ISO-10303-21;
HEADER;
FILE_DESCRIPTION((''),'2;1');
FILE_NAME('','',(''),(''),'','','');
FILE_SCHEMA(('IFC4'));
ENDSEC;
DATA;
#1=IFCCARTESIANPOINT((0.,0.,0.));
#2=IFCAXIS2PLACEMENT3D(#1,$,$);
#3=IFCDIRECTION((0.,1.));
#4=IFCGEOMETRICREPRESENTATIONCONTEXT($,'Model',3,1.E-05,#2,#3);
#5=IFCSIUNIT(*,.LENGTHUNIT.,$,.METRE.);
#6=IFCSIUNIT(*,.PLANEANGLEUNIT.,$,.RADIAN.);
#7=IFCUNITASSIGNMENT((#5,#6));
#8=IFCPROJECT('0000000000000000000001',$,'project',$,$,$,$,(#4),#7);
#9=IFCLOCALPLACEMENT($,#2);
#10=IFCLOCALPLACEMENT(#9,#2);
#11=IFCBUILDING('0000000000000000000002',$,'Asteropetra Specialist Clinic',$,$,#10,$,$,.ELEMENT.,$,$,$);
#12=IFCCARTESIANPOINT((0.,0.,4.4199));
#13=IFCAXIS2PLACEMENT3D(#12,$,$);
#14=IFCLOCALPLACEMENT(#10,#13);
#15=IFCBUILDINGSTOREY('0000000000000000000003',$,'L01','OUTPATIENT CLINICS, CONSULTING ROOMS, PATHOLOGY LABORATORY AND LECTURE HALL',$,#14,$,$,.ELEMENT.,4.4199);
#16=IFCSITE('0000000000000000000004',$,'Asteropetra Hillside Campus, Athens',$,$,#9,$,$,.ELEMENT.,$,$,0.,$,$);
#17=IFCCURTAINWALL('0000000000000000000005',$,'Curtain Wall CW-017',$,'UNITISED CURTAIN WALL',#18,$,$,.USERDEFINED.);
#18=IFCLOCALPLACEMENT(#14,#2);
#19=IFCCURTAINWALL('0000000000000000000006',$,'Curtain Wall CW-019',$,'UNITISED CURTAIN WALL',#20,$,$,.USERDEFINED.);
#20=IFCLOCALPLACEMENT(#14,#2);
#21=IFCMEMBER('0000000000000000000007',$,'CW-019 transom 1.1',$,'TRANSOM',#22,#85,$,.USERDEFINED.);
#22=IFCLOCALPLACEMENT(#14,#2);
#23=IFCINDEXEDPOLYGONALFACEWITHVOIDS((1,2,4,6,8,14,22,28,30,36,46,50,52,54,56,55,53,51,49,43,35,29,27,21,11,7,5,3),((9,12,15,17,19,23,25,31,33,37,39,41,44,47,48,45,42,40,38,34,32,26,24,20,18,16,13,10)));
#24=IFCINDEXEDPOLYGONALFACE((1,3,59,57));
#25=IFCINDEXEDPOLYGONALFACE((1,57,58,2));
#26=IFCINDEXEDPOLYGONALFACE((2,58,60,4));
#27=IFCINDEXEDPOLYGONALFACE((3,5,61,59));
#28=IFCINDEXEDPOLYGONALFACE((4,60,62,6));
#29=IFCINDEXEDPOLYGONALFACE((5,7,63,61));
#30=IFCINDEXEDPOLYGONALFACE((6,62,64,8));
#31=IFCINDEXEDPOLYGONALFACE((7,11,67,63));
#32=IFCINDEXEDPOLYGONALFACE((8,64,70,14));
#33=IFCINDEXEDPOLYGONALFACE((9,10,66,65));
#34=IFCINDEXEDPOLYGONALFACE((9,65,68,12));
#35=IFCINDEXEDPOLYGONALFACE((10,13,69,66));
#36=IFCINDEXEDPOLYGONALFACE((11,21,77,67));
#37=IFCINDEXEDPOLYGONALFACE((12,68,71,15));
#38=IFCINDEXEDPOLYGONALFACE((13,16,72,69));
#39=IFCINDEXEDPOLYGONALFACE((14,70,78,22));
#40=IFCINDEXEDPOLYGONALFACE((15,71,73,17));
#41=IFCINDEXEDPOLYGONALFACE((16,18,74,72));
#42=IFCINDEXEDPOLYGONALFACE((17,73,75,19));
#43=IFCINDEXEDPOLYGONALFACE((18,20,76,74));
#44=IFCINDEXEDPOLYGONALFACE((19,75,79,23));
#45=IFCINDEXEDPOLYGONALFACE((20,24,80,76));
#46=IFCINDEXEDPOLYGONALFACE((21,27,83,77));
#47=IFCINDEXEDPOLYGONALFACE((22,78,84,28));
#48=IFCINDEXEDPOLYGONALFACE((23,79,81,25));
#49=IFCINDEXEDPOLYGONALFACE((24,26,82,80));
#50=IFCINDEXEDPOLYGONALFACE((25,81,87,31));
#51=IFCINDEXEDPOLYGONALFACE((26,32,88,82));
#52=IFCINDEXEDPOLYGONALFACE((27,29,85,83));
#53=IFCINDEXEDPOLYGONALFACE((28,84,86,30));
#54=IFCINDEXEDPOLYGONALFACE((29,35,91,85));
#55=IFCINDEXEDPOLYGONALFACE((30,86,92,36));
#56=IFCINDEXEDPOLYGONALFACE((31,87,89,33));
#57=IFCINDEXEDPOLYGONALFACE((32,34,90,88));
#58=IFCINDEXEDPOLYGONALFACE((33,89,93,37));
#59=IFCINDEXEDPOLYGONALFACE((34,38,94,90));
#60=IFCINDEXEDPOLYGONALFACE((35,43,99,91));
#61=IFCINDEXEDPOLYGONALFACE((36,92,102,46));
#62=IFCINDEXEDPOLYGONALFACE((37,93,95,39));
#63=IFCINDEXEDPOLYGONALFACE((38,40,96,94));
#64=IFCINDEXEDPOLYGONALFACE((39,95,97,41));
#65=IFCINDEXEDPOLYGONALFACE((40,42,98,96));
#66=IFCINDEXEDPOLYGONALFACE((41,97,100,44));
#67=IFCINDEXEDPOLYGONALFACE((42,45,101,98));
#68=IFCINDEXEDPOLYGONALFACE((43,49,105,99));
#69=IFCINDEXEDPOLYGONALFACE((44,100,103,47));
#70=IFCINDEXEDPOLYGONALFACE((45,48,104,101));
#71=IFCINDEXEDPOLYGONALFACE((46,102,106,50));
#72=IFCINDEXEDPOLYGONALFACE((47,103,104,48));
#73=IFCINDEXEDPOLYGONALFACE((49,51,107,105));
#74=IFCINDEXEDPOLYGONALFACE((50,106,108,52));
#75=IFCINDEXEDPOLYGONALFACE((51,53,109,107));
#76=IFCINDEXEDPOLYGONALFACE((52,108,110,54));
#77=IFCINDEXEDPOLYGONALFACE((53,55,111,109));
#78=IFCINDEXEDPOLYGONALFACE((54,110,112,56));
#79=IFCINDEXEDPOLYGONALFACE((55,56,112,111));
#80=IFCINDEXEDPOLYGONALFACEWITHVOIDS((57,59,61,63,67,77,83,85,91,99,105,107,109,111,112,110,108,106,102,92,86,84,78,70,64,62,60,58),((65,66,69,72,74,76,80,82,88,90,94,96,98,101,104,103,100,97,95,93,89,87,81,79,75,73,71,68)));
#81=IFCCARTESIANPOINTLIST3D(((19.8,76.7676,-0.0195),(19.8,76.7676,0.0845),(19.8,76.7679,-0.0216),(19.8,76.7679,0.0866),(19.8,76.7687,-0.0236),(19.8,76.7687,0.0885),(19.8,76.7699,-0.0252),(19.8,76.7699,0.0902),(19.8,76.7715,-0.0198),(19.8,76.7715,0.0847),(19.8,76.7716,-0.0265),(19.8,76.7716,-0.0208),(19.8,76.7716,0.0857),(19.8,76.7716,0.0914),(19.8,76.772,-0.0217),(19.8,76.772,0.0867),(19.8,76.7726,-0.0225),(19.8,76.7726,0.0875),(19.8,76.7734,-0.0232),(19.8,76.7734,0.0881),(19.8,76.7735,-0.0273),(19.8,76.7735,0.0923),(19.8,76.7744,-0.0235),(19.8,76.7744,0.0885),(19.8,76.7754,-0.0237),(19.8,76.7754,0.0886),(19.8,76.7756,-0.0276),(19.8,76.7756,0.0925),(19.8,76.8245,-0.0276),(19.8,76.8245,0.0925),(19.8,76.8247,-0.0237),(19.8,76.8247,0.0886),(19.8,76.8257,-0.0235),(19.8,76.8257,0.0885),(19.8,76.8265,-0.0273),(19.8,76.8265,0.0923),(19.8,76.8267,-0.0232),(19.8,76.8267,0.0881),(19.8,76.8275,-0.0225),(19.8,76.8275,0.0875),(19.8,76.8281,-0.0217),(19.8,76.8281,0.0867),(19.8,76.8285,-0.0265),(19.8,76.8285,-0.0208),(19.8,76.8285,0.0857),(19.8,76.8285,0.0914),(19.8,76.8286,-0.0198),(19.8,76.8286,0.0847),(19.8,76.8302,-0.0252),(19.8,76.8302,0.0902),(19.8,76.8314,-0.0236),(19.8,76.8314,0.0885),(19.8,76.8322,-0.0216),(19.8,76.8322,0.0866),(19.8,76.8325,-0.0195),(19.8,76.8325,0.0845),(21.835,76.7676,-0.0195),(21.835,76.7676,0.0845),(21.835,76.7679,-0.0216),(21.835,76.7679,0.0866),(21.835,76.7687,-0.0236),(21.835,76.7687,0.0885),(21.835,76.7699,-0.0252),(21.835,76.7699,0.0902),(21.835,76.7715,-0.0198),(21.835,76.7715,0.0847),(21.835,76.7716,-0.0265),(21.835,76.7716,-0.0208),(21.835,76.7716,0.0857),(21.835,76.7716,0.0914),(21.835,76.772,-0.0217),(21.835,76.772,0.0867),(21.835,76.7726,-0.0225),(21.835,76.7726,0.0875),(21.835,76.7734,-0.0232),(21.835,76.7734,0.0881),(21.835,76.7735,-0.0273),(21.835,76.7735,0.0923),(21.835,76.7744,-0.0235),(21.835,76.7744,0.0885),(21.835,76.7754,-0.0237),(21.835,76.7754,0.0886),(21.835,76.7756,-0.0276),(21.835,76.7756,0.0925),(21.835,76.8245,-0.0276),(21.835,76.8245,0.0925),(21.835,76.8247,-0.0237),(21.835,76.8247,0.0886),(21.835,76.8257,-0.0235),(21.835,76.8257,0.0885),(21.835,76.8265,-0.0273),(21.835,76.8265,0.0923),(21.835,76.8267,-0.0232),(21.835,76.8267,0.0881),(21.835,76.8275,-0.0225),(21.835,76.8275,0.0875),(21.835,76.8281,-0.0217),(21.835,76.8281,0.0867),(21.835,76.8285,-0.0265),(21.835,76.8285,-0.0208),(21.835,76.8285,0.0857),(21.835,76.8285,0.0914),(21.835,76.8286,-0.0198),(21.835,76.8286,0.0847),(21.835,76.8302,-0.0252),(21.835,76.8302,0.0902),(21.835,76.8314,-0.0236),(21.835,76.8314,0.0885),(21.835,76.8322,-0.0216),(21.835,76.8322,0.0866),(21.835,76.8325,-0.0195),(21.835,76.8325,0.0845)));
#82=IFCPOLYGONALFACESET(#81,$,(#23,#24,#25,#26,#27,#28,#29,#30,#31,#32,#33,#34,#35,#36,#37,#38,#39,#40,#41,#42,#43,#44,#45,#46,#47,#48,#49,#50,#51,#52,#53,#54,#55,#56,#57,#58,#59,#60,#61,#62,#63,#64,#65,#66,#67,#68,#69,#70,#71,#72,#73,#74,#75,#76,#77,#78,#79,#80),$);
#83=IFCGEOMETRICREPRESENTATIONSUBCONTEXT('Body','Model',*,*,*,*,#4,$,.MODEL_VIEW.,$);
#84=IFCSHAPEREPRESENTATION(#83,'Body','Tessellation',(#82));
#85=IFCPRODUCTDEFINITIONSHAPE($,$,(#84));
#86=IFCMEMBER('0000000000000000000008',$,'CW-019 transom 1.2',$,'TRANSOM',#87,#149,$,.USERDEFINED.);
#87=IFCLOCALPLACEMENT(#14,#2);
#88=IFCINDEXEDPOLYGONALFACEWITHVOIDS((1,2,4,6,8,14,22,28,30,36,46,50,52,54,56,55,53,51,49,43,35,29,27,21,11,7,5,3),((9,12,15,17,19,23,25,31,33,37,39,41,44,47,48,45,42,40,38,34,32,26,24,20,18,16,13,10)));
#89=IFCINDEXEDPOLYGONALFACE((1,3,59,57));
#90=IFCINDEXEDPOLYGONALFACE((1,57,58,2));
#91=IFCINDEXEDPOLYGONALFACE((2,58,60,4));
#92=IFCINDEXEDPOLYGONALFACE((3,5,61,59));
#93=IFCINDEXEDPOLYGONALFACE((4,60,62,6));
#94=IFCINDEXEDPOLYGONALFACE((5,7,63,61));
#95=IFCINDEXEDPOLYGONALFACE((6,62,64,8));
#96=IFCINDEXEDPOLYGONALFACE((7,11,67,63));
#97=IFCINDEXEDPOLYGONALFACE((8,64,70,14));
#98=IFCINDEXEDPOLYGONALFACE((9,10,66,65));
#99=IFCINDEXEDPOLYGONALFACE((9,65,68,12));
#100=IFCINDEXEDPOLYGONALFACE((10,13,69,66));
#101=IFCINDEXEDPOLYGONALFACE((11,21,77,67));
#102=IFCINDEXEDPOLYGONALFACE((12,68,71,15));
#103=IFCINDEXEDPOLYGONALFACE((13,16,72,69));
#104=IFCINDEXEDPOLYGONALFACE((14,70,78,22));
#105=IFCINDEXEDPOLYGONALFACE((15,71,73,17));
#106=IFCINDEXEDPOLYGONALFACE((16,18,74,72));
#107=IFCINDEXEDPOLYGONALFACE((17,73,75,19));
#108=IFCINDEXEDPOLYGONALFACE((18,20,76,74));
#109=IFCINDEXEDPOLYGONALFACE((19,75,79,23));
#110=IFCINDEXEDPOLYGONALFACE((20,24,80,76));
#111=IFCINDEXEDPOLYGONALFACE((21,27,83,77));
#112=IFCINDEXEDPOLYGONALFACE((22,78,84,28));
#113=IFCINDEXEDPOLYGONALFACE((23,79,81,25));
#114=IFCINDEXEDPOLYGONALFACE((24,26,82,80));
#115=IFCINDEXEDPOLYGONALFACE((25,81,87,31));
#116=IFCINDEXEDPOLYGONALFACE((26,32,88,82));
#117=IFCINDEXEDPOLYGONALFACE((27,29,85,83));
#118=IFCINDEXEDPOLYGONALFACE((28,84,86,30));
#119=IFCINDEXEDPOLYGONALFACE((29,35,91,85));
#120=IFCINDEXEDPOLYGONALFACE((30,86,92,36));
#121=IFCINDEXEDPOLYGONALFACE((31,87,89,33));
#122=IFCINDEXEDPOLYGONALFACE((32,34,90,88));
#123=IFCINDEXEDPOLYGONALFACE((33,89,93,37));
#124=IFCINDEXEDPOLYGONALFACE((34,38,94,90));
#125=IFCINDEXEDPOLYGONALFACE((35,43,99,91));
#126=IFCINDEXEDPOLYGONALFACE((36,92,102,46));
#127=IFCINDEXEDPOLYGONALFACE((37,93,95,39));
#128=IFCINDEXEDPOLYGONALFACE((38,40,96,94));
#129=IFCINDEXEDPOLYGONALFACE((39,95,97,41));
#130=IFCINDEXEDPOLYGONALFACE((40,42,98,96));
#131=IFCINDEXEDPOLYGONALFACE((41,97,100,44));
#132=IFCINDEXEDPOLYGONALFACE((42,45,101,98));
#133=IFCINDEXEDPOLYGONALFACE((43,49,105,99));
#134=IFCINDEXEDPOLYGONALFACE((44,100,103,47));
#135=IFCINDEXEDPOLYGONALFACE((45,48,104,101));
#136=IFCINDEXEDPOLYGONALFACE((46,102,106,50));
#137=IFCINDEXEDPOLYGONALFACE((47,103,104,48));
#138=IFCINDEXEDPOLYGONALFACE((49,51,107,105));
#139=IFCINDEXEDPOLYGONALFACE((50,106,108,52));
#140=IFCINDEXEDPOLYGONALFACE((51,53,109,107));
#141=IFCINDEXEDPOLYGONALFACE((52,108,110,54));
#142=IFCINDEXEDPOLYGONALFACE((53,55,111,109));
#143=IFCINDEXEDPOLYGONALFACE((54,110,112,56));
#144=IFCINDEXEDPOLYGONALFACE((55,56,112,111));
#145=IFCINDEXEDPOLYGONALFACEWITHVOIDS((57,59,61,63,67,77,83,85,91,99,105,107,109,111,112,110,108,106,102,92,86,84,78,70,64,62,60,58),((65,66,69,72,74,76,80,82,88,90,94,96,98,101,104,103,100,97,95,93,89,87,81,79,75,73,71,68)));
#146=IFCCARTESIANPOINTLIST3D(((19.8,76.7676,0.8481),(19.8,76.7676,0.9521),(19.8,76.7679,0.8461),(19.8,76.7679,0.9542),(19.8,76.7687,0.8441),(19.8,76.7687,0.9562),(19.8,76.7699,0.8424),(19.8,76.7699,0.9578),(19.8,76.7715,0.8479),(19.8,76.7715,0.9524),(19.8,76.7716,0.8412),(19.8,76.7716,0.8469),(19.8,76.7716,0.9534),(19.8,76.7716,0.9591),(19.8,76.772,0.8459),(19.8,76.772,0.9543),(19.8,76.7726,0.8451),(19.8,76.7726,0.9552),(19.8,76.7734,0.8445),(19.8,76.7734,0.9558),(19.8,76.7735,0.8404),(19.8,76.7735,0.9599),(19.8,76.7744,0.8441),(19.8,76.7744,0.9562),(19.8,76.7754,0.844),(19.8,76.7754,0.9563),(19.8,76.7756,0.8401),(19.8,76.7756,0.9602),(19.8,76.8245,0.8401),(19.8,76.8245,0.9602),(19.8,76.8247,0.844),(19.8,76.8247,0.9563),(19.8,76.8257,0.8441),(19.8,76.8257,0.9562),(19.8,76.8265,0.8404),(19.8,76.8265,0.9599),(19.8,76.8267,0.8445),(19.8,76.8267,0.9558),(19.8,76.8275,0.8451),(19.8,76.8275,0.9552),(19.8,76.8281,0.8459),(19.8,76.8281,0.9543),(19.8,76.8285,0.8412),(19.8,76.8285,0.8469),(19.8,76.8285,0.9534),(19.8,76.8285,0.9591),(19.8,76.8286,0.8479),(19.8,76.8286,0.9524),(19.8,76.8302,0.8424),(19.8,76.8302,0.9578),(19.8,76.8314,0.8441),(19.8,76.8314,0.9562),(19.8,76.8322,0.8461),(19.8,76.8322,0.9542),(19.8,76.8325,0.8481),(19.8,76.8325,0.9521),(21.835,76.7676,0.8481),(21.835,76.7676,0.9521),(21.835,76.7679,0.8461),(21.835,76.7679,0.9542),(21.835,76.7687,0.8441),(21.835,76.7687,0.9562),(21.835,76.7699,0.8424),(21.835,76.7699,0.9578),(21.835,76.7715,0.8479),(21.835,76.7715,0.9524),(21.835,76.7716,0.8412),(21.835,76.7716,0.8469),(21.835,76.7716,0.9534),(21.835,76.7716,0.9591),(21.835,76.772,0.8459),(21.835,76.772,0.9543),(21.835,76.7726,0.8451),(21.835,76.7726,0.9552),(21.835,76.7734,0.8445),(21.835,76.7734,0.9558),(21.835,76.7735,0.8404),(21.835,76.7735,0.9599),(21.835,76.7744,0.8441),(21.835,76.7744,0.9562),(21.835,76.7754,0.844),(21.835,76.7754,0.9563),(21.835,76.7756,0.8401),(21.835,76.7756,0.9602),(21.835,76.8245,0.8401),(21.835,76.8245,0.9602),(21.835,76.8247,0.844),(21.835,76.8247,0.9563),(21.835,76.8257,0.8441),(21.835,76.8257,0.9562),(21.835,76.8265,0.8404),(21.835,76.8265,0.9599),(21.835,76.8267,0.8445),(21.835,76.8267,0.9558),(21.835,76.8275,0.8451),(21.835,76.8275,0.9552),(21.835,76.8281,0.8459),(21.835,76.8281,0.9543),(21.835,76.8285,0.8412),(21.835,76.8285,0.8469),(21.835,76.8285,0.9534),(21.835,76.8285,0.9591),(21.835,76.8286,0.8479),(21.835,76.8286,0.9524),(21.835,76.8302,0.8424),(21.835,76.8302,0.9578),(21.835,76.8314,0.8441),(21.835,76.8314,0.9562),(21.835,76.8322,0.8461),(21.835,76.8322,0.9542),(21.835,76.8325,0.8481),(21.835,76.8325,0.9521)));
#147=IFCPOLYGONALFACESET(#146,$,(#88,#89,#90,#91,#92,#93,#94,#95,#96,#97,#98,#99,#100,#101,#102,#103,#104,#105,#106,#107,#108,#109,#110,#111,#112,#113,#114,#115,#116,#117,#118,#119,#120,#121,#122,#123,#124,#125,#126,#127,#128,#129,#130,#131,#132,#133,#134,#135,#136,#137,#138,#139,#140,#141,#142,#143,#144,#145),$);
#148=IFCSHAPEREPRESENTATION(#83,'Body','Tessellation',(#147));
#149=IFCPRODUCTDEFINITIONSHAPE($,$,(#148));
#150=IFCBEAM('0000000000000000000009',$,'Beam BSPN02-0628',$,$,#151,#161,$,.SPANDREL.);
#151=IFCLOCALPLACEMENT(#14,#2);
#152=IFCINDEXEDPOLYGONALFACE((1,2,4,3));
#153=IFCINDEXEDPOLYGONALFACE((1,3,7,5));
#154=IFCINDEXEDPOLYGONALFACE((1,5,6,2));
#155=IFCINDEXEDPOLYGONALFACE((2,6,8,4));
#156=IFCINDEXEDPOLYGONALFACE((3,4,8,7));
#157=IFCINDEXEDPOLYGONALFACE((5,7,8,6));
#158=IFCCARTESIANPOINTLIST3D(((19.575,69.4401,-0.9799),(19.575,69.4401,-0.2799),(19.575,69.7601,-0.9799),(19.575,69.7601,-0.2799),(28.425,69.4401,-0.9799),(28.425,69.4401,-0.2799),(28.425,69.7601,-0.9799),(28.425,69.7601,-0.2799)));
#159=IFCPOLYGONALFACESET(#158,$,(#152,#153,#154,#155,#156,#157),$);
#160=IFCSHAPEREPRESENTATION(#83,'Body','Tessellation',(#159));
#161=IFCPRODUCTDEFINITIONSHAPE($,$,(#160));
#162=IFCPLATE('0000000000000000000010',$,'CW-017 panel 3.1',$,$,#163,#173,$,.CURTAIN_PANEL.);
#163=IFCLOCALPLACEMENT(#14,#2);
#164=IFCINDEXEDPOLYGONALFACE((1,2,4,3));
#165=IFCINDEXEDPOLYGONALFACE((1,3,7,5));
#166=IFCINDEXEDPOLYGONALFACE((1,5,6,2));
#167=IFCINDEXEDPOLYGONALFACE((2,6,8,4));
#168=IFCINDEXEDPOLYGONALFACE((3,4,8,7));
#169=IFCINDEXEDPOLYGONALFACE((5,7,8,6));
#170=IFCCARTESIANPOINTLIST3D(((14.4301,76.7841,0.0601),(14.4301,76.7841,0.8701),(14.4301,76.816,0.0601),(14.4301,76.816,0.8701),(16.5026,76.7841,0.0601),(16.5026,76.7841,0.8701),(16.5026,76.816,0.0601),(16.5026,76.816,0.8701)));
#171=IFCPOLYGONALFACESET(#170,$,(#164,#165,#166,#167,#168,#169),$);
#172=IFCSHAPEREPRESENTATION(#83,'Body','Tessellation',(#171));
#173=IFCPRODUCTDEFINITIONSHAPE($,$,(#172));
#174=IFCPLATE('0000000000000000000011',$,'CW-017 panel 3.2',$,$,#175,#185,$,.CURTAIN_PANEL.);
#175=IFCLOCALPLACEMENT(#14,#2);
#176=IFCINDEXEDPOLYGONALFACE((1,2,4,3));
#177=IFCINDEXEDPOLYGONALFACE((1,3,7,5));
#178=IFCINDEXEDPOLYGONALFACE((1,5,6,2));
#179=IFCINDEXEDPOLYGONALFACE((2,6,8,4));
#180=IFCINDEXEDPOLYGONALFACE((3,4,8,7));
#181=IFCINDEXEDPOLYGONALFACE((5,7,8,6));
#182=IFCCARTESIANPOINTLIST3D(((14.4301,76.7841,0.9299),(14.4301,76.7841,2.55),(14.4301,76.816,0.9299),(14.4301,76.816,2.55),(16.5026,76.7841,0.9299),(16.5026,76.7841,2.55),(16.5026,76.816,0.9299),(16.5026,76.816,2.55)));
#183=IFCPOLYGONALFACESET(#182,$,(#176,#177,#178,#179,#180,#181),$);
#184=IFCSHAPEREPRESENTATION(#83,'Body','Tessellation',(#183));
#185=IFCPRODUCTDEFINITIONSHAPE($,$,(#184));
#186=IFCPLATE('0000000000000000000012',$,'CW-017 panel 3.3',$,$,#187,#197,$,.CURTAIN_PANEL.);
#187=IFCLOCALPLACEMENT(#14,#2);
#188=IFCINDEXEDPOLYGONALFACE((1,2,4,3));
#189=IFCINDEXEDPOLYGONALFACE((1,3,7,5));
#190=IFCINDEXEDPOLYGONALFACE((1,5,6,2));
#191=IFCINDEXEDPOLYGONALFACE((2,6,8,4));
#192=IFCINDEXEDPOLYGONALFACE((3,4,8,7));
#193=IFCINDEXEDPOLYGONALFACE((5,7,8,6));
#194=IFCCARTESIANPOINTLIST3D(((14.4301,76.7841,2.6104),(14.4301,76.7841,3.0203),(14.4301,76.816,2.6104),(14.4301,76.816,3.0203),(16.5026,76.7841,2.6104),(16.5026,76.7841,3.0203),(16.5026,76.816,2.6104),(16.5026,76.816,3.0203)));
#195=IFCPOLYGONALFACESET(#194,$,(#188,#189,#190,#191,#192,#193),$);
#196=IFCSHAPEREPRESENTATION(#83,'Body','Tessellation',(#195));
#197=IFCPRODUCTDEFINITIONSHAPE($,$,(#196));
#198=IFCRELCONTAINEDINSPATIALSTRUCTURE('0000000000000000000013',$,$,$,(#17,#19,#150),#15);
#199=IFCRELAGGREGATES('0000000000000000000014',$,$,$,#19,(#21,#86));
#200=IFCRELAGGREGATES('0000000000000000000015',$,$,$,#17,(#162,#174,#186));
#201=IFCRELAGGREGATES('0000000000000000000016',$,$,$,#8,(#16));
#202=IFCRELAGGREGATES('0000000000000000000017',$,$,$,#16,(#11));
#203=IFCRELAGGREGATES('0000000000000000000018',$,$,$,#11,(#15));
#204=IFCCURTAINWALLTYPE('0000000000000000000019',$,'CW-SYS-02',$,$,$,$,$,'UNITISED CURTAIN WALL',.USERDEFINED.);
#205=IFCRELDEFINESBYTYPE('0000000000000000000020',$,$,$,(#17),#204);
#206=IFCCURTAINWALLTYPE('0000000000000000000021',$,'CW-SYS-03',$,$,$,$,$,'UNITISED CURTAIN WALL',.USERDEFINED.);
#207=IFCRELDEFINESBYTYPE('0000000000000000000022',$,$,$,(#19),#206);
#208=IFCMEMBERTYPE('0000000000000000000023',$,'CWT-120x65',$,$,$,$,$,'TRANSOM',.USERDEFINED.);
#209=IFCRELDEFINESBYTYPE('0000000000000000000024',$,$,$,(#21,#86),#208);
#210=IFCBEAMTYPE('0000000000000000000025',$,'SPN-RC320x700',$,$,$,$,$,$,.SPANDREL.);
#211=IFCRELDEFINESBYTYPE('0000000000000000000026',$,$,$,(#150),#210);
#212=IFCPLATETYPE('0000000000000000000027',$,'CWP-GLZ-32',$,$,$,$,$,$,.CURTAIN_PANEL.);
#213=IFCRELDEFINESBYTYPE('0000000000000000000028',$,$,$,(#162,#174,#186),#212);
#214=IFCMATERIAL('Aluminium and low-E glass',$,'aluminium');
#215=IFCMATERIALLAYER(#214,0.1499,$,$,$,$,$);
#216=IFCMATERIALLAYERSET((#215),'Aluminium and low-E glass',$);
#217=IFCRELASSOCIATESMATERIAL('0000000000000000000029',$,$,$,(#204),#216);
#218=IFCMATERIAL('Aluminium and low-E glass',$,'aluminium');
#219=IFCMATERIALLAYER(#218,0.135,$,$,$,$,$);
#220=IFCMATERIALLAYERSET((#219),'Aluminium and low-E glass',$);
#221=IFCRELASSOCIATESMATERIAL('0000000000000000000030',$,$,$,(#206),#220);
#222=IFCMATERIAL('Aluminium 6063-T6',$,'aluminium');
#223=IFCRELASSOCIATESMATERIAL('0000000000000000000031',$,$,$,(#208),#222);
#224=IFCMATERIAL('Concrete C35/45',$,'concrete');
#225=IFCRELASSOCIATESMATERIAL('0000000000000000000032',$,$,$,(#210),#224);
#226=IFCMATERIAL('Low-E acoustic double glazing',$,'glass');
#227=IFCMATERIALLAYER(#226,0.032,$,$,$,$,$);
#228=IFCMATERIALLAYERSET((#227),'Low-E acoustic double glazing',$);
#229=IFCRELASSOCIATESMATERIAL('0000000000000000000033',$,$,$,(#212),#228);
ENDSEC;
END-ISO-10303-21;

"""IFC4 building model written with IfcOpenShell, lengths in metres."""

from ifc_helpers import new_model, si_unit, direction, frame, origin, origin_2d, place, context, subcontext, project, spatial, rectangle, hollow_rectangle, extrude, material, layer, layer_set, material_profile, profile_set, type_object, element, aggregate, save


model = new_model("IFC4")

# Units and contexts
model_context = context("Model", 3, precision=1e-05, world=origin(), true_north=direction((0.0, 1.0)))
body_context = subcontext(model_context, "Body", "Model", "MODEL_VIEW")
ifc_project = project(units=[si_unit("LENGTHUNIT", "METRE"), si_unit("PLANEANGLEUNIT", "RADIAN")], contexts=[model_context])

# Site, building, storey
site_placement = place(None, origin())
site = spatial("IfcSite", under=ifc_project, at=site_placement, Name="Asteropetra Hillside Campus, Athens", CompositionType="ELEMENT", RefElevation=0.0)
building_placement = place(site_placement, origin())
building = spatial("IfcBuilding", under=site, at=building_placement, Name="Asteropetra Specialist Clinic", CompositionType="ELEMENT")
storey_placement = place(building_placement, frame((0.0, 0.0, 4.4199)))
storey = spatial("IfcBuildingStorey", under=building, at=storey_placement, Name="L01", Description="OUTPATIENT CLINICS, CONSULTING ROOMS, PATHOLOGY LABORATORY AND LECTURE HALL", CompositionType="ELEMENT", Elevation=4.4199)

# Curtain wall
ifc_material_1 = material(Name="Aluminium and low-E glass", Category="aluminium")
ifc_layer_1 = layer(ifc_material_1, 0.1499)
ifc_layer_set_1 = layer_set([ifc_layer_1], Name="Aluminium and low-E glass")
curtain_wall_type_1 = type_object("IfcCurtainWallType", Name="CW-SYS-02", ElementType="UNITISED CURTAIN WALL", PredefinedType="USERDEFINED", material=ifc_layer_set_1)
curtain_wall_1_placement = place(storey_placement, origin())
curtain_wall_1 = element("IfcCurtainWall", 1, at=curtain_wall_1_placement, inside=storey, type_object=curtain_wall_type_1, Name="Curtain Wall CW-017", ObjectType="UNITISED CURTAIN WALL", PredefinedType="USERDEFINED")

# Curtain wall
ifc_material_2 = material(Name="Aluminium and low-E glass", Category="aluminium")
ifc_layer_2 = layer(ifc_material_2, 0.135)
ifc_layer_set_2 = layer_set([ifc_layer_2], Name="Aluminium and low-E glass")
curtain_wall_type_2 = type_object("IfcCurtainWallType", Name="CW-SYS-03", ElementType="UNITISED CURTAIN WALL", PredefinedType="USERDEFINED", material=ifc_layer_set_2)
curtain_wall_2_placement = place(storey_placement, origin())
curtain_wall_2 = element("IfcCurtainWall", 2, at=curtain_wall_2_placement, inside=storey, type_object=curtain_wall_type_2, Name="Curtain Wall CW-019", ObjectType="UNITISED CURTAIN WALL", PredefinedType="USERDEFINED")

# Members
ifc_material_3 = material(Name="Aluminium 6063-T6", Category="aluminium")
ifc_material_profile_1 = material_profile(ifc_material_3, hollow_rectangle(XDim=0.0649, YDim=0.1201, WallThickness=0.0039, InnerFilletRadius=0.0039, OuterFilletRadius=0.0081, at=origin_2d()), Name="TRN 120x65x4.0")
ifc_profile_set_1 = profile_set([ifc_material_profile_1], Name="Aluminium 6063-T6")
member_type_1 = type_object("IfcMemberType", Name="CWT-120x65", ElementType="TRANSOM", PredefinedType="USERDEFINED", material=ifc_profile_set_1)
member_1_placement = place(storey_placement, frame((19.8, 76.8, 0.0325), z_axis=(1.0, 0.0, 0.0), x_axis=(0.0, 1.0, 0.0)))
member_1 = element("IfcMember", 3, at=member_1_placement, type_object=member_type_1, Name="CW-019 transom 1.1", ObjectType="TRANSOM", PredefinedType="USERDEFINED", context=body_context, shape_type="SweptSolid", body=[
    extrude(hollow_rectangle(XDim=0.0649, YDim=0.1201, WallThickness=0.0039, InnerFilletRadius=0.0039, OuterFilletRadius=0.0081, at=origin_2d()), origin(), (0.0, 0.0, 1.0), 2.0349),
])
member_2_placement = place(storey_placement, frame((19.8, 76.8, 0.9001), z_axis=(1.0, 0.0, 0.0), x_axis=(0.0, 1.0, 0.0)))
member_2 = element("IfcMember", 4, at=member_2_placement, type_object=member_type_1, Name="CW-019 transom 1.2", ObjectType="TRANSOM", PredefinedType="USERDEFINED", context=body_context, shape_type="SweptSolid", body=[
    extrude(hollow_rectangle(XDim=0.0649, YDim=0.1201, WallThickness=0.0039, InnerFilletRadius=0.0039, OuterFilletRadius=0.0081, at=origin_2d()), origin(), (0.0, 0.0, 1.0), 2.0349),
])
aggregate(curtain_wall_2, [member_1, member_2])

# Beam
ifc_material_4 = material(Name="Concrete C35/45", Category="concrete")
ifc_material_profile_2 = material_profile(ifc_material_4, rectangle(XDim=0.3201, YDim=0.7, at=origin_2d()), Name="RCS 320x700")
ifc_profile_set_2 = profile_set([ifc_material_profile_2], Name="Concrete C35/45")
beam_type_1 = type_object("IfcBeamType", Name="SPN-RC320x700", PredefinedType="SPANDREL", material=ifc_profile_set_2)
beam_1_placement = place(storey_placement, frame((19.575, 69.6001, -0.6299), z_axis=(1.0, 0.0, 0.0), x_axis=(0.0, 1.0, 0.0)))
element("IfcBeam", 5, at=beam_1_placement, inside=storey, type_object=beam_type_1, Name="Beam BSPN02-0628", PredefinedType="SPANDREL", context=body_context, shape_type="SweptSolid", body=[
    extrude(rectangle(XDim=0.3201, YDim=0.7, at=origin_2d()), origin(), (0.0, 0.0, 1.0), 8.8501),
])

# Plates
ifc_material_5 = material(Name="Low-E acoustic double glazing", Category="glass")
ifc_layer_3 = layer(ifc_material_5, 0.032)
ifc_layer_set_3 = layer_set([ifc_layer_3], Name="Low-E acoustic double glazing")
plate_type = type_object("IfcPlateType", Name="CWP-GLZ-32", PredefinedType="CURTAIN_PANEL", material=ifc_layer_set_3)
plate_1_placement = place(storey_placement, frame((15.4663, 76.8, 0.0601), z_axis=(0.0, 0.0, 1.0), x_axis=(1.0, 0.0, 0.0)))
plate_1 = element("IfcPlate", 6, at=plate_1_placement, type_object=plate_type, Name="CW-017 panel 3.1", PredefinedType="CURTAIN_PANEL", context=body_context, shape_type="SweptSolid", body=[
    extrude(rectangle(XDim=2.0725, YDim=0.032, at=origin_2d()), origin(), (0.0, 0.0, 1.0), 0.8101),
])
plate_2_placement = place(storey_placement, frame((15.4663, 76.8, 0.9299), z_axis=(0.0, 0.0, 1.0), x_axis=(1.0, 0.0, 0.0)))
plate_2 = element("IfcPlate", 7, at=plate_2_placement, type_object=plate_type, Name="CW-017 panel 3.2", PredefinedType="CURTAIN_PANEL", context=body_context, shape_type="SweptSolid", body=[
    extrude(rectangle(XDim=2.0725, YDim=0.032, at=origin_2d()), origin(), (0.0, 0.0, 1.0), 1.6201),
])
plate_3_placement = place(storey_placement, frame((15.4663, 76.8, 2.6104), z_axis=(0.0, 0.0, 1.0), x_axis=(1.0, 0.0, 0.0)))
plate_3 = element("IfcPlate", 8, at=plate_3_placement, type_object=plate_type, Name="CW-017 panel 3.3", PredefinedType="CURTAIN_PANEL", context=body_context, shape_type="SweptSolid", body=[
    extrude(rectangle(XDim=2.0725, YDim=0.032, at=origin_2d()), origin(), (0.0, 0.0, 1.0), 0.4099),
])
aggregate(curtain_wall_1, [plate_1, plate_2, plate_3])

save(model, "model.ifc")
